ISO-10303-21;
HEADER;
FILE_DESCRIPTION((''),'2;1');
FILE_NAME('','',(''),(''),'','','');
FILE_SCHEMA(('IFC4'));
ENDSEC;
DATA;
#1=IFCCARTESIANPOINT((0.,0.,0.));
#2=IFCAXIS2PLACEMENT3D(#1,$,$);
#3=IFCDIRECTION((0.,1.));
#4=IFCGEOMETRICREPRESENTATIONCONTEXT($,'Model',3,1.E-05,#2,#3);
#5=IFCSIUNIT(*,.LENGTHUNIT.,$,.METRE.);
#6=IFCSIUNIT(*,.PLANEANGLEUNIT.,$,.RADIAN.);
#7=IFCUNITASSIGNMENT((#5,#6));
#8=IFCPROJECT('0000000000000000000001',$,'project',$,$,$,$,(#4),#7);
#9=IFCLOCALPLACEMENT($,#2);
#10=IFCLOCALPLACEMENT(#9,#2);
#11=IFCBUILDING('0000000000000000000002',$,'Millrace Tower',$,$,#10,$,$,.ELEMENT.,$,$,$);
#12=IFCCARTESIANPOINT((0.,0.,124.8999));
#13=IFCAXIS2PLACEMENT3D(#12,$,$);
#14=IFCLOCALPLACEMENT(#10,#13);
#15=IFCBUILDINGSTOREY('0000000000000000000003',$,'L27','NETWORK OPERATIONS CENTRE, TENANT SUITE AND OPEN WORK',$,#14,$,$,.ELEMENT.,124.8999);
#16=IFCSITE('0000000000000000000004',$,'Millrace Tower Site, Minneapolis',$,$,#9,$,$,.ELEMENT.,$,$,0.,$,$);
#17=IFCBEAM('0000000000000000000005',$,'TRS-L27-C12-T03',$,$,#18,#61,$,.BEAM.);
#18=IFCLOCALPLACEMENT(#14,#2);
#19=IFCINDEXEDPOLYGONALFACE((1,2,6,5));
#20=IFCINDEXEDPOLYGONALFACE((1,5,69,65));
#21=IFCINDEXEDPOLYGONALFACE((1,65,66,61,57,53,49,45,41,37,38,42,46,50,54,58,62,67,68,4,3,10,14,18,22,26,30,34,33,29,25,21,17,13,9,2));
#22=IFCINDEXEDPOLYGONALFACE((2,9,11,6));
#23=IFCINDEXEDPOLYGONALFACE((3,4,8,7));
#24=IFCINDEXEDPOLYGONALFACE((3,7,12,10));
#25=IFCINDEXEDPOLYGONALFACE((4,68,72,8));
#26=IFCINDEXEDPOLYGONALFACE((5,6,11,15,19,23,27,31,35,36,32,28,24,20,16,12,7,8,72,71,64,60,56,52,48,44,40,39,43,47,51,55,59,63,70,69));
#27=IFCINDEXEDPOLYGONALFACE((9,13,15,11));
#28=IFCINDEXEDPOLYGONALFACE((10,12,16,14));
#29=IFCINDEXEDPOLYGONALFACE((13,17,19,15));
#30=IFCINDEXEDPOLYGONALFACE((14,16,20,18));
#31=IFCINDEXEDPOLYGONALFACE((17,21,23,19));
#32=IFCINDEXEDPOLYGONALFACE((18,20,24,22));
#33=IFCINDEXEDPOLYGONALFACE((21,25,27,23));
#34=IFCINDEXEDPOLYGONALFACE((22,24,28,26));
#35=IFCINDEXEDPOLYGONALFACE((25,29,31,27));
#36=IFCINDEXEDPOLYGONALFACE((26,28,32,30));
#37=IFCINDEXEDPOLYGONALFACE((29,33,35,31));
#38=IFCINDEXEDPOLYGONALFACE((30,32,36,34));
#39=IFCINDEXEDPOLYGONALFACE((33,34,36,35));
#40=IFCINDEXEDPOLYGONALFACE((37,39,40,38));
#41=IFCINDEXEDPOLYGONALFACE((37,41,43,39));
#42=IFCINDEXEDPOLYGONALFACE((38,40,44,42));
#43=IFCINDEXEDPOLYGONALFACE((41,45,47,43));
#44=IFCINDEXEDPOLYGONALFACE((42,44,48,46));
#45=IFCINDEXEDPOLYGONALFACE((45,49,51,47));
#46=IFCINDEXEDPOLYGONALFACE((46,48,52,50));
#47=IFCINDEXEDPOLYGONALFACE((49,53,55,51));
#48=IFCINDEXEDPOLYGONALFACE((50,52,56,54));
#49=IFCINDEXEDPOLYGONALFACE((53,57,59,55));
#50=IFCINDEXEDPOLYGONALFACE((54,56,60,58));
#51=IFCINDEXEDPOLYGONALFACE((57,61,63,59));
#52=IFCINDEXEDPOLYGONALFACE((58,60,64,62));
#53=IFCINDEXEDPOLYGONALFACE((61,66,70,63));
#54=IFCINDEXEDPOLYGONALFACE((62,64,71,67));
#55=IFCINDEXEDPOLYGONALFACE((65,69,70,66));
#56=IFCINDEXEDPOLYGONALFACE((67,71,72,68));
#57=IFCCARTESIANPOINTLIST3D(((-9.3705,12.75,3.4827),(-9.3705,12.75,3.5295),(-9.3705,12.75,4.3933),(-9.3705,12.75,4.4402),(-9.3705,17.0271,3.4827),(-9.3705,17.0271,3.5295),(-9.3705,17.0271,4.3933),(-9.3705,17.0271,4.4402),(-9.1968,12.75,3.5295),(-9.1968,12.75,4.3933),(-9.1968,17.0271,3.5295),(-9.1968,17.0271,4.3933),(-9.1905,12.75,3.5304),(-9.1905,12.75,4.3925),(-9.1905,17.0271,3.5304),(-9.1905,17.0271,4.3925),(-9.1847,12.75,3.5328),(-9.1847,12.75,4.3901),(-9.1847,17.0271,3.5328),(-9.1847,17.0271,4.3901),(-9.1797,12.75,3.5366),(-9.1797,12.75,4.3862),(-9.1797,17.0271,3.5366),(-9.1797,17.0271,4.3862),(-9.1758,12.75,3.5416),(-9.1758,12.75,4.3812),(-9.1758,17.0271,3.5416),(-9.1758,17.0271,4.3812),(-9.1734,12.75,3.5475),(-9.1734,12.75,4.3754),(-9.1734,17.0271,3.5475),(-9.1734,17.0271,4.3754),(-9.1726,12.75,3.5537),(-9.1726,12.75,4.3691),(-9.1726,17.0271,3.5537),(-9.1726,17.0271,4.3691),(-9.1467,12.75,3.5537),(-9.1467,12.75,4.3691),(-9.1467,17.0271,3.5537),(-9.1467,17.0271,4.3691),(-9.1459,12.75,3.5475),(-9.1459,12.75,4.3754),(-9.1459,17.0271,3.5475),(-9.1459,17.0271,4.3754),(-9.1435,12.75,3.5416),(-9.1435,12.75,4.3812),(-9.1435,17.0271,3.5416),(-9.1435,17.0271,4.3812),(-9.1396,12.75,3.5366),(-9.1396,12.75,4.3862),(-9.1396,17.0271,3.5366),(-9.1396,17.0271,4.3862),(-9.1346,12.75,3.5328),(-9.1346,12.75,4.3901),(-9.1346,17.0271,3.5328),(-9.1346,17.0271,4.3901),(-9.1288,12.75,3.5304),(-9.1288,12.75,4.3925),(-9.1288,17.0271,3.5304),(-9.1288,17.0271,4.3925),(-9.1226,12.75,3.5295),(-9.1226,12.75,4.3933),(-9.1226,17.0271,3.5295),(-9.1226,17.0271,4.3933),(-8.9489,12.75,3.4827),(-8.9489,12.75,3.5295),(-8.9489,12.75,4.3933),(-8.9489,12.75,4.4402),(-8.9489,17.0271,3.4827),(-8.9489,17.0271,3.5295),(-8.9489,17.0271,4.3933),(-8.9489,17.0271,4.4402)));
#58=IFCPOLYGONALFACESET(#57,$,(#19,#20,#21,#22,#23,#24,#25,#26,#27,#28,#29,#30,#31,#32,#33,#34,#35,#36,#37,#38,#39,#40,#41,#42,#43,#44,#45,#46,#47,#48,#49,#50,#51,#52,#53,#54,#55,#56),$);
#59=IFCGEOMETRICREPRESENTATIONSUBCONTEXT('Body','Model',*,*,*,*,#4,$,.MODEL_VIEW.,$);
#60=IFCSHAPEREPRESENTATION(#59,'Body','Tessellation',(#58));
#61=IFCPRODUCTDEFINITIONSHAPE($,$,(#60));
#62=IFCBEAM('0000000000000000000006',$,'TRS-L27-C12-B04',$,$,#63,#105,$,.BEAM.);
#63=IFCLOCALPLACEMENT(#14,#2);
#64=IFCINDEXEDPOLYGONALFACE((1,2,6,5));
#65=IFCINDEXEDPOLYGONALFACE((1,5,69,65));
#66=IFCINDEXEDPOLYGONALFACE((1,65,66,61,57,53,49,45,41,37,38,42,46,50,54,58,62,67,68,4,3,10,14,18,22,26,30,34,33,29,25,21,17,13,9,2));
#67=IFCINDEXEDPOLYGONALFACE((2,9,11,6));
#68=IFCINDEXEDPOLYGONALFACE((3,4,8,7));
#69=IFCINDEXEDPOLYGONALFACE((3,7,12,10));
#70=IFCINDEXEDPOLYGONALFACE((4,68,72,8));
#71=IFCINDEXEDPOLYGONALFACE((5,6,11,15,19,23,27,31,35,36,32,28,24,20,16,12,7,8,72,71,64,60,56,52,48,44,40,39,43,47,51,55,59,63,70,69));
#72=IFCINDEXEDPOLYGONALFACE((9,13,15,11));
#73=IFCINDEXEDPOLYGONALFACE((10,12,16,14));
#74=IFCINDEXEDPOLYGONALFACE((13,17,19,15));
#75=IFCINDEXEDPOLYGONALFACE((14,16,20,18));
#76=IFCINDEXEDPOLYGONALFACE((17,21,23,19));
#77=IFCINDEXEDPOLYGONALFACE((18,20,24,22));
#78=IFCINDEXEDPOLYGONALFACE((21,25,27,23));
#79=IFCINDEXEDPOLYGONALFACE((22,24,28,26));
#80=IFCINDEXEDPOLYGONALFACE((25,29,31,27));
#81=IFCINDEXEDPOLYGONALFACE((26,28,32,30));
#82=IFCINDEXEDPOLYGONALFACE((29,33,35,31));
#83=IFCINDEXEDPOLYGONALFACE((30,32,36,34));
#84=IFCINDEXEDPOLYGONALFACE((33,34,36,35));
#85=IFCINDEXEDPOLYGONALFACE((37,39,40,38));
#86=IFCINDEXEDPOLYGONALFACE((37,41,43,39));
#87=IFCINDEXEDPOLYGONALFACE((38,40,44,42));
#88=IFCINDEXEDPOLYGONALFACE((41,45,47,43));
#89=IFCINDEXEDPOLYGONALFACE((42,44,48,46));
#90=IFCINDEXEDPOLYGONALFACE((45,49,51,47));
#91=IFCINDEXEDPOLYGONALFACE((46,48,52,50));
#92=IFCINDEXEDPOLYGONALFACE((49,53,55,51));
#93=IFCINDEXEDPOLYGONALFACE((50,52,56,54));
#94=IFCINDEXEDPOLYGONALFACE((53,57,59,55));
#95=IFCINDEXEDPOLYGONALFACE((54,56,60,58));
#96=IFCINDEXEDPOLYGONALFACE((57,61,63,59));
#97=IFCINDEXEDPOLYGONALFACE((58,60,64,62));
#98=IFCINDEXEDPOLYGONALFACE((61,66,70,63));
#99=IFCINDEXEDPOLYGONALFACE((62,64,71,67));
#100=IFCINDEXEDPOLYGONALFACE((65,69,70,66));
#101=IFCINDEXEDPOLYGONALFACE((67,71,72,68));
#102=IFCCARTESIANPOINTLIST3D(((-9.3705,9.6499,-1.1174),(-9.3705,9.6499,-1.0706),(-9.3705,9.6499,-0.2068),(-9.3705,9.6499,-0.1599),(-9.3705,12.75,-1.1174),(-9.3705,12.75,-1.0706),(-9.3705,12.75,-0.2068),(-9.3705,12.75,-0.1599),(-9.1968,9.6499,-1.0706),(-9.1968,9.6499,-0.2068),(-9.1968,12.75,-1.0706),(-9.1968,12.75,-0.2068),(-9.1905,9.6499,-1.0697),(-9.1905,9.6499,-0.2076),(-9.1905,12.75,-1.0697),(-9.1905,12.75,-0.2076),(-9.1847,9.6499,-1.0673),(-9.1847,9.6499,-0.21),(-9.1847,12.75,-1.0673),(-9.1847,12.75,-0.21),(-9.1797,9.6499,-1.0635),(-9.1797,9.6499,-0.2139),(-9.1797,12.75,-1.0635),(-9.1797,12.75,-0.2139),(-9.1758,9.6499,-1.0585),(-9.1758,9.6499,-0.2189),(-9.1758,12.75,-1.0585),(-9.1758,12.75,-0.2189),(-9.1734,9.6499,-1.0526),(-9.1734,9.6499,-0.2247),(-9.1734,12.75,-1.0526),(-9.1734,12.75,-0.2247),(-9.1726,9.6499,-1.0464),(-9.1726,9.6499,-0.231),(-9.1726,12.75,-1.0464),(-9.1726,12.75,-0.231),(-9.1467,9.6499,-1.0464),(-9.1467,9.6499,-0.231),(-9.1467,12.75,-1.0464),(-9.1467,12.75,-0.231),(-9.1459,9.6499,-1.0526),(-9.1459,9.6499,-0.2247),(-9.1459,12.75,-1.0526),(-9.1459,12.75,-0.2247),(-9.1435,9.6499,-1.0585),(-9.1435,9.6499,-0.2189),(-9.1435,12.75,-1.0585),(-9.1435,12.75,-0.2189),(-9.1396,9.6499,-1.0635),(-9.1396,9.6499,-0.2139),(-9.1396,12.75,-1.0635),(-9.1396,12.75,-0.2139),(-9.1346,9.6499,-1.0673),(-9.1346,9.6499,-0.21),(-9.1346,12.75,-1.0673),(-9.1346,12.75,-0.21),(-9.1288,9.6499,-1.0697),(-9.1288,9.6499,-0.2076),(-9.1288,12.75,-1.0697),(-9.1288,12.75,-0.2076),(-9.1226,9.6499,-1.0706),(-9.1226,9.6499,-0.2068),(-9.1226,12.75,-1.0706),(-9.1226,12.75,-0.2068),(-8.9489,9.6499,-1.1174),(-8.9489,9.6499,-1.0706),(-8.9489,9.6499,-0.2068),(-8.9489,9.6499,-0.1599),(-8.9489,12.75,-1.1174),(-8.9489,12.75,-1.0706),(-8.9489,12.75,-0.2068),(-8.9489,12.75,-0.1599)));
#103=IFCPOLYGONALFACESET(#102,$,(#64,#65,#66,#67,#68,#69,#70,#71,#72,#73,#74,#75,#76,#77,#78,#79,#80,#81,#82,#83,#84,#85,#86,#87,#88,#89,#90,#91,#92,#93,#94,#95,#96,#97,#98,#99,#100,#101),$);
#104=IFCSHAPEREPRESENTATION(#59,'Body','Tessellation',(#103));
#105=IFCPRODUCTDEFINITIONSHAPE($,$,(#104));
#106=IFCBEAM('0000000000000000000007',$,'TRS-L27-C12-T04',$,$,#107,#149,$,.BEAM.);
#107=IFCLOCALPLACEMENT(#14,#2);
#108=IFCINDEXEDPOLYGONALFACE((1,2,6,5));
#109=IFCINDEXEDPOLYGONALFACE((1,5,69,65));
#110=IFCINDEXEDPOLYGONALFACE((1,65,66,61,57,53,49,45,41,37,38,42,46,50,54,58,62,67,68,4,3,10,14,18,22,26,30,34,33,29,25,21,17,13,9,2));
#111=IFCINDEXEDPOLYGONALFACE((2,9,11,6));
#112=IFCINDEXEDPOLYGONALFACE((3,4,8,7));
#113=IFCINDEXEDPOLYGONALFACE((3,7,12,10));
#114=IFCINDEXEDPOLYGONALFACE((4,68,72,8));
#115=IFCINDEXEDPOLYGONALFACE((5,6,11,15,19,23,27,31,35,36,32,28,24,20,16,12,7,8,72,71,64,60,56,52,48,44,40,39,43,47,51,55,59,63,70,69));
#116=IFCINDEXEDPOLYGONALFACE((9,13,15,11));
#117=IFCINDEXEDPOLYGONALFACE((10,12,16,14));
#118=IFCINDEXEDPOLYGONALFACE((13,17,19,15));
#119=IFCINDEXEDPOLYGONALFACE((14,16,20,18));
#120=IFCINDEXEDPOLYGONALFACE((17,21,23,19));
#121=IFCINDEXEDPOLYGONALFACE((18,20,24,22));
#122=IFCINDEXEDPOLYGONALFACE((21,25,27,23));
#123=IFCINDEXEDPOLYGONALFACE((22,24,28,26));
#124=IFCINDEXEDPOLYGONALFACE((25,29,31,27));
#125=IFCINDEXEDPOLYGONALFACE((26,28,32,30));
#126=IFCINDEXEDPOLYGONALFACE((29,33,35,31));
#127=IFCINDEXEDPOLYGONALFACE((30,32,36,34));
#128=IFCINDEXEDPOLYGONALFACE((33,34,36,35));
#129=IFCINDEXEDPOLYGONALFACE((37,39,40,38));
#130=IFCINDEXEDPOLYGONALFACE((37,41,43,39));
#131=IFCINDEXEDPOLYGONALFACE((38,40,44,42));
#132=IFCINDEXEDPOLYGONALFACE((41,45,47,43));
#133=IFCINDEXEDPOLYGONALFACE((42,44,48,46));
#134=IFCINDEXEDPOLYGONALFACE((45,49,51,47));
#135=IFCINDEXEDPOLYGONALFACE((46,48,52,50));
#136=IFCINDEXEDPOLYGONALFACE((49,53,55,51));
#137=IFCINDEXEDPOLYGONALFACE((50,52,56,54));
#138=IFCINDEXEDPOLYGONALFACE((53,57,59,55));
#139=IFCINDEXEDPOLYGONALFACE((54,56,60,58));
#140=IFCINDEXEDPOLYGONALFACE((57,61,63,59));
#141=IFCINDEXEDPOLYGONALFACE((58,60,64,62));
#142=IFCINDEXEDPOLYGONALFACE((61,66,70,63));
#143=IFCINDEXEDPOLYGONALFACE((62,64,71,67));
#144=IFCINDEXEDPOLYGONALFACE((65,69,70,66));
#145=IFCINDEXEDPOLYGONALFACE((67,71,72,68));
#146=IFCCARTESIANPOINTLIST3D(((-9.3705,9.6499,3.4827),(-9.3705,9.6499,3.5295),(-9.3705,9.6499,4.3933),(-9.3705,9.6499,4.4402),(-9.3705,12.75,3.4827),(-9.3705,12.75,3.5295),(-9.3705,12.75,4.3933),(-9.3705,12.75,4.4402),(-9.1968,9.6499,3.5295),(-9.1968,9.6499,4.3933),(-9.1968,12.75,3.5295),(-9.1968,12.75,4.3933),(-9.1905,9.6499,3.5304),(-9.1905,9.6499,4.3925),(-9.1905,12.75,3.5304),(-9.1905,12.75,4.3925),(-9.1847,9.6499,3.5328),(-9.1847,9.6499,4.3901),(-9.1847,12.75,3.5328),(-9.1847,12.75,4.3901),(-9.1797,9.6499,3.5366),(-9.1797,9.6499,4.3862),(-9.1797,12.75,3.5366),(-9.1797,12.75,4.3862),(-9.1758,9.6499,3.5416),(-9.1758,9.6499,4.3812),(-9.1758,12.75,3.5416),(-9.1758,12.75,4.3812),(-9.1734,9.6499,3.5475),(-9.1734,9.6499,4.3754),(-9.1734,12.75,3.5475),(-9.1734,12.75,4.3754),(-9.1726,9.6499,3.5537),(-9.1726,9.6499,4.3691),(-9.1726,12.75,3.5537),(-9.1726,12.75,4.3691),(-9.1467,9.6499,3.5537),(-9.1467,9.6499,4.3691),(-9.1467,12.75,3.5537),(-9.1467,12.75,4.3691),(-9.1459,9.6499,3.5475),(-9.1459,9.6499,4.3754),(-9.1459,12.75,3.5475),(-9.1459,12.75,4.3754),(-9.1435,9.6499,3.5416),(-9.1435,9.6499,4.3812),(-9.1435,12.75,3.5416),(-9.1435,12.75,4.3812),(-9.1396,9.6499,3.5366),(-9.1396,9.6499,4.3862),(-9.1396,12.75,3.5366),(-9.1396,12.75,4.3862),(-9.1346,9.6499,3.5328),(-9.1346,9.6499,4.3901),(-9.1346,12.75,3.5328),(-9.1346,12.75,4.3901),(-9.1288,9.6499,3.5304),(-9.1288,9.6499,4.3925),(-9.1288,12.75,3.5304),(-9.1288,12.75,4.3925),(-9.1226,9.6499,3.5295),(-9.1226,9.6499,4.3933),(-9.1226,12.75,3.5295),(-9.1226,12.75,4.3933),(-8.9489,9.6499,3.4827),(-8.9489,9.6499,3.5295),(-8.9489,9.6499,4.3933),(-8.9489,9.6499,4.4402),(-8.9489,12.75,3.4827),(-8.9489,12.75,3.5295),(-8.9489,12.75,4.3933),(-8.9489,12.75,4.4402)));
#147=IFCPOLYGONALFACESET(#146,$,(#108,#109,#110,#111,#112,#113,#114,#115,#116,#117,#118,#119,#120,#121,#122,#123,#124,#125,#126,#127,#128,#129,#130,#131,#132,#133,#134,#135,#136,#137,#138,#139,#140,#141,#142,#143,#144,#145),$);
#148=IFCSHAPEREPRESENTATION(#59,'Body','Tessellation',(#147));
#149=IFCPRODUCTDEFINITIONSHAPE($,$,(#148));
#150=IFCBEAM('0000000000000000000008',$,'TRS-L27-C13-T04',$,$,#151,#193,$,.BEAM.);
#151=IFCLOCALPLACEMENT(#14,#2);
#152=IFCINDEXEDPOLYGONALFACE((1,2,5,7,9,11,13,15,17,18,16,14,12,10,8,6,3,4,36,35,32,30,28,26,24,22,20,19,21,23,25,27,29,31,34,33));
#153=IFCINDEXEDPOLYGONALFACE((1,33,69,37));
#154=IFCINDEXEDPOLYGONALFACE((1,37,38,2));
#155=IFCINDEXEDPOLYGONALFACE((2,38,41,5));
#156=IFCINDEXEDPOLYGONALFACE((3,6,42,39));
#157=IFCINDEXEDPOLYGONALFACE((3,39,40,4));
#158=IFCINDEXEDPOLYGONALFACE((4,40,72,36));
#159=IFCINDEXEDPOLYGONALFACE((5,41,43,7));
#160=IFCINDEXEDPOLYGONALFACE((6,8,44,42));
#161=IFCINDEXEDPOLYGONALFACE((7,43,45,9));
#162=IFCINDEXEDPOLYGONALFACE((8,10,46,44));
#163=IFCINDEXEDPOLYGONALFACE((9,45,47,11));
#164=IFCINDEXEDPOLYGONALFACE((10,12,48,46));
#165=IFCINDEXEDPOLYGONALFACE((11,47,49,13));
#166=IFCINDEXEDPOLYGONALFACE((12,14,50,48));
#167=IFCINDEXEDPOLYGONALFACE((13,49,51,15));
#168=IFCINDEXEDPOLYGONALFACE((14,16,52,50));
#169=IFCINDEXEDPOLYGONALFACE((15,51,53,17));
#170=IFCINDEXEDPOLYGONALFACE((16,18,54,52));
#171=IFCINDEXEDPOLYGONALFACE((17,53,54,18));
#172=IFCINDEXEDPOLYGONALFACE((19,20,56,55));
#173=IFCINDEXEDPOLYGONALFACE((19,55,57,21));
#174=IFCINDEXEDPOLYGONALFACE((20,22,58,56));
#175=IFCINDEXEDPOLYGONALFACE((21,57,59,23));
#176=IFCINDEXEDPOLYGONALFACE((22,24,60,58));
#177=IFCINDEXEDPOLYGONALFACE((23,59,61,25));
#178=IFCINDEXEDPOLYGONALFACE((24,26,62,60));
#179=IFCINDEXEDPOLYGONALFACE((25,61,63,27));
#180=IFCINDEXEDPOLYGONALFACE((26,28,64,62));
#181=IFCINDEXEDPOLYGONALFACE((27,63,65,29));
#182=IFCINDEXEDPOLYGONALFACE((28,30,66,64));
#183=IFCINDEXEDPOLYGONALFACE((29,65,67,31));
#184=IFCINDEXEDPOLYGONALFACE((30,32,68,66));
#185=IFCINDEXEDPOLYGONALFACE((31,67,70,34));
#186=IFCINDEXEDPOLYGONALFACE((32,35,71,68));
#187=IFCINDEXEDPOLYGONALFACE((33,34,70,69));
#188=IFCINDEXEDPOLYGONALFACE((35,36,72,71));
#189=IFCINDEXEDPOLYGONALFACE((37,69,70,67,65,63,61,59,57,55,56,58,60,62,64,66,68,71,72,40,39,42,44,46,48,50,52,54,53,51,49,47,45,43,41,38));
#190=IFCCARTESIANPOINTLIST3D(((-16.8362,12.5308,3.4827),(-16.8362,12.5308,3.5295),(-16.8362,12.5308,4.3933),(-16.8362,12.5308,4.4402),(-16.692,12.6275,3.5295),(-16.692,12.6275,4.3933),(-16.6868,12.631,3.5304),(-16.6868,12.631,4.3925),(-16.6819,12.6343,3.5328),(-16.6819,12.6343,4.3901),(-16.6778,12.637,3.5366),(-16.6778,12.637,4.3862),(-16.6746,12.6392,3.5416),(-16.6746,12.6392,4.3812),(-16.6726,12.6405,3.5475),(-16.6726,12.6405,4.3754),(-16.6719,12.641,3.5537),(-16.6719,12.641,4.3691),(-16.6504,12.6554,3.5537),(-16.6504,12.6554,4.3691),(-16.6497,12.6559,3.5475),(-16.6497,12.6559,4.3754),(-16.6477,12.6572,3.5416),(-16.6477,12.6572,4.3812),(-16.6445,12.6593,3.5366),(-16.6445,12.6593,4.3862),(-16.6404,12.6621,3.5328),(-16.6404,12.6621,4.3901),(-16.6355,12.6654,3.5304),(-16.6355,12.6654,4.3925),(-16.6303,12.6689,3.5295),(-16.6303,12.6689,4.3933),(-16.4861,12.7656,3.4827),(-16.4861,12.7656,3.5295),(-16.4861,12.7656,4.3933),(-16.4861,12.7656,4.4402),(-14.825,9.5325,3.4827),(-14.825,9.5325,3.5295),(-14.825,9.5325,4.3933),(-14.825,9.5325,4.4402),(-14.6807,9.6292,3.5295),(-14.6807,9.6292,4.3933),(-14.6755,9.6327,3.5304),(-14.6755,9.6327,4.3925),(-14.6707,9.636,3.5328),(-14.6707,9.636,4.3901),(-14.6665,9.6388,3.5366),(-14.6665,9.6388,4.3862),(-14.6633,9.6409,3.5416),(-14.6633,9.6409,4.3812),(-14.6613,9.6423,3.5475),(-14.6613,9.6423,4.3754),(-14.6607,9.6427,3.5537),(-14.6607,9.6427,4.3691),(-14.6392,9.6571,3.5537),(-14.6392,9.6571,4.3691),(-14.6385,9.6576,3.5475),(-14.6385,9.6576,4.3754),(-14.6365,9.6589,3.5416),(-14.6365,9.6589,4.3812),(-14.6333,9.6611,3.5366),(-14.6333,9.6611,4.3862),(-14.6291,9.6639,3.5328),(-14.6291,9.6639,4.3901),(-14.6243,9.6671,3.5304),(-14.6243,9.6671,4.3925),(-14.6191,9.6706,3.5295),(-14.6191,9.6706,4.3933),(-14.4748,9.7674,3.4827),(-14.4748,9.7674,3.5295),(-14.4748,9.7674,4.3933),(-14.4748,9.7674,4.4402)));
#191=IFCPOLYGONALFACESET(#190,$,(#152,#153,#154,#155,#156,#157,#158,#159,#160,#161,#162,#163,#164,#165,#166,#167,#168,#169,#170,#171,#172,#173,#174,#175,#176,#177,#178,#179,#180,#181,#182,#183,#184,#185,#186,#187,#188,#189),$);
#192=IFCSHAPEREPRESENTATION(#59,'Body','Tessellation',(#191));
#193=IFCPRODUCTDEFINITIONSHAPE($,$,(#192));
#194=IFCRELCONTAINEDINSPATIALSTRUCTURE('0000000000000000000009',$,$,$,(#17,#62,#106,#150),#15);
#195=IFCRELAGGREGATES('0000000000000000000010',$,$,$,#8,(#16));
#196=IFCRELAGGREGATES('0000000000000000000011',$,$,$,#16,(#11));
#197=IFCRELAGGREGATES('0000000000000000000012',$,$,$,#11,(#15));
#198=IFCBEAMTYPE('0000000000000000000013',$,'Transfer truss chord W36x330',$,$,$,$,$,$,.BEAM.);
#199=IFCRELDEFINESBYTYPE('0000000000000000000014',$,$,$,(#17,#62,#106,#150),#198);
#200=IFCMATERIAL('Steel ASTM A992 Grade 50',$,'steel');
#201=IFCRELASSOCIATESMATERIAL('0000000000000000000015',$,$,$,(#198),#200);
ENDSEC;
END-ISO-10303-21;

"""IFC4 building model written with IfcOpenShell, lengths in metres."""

from ifc_helpers import new_model, si_unit, direction, frame, origin, origin_2d, place, context, subcontext, project, spatial, i_section, extrude, material, material_profile, profile_set, type_object, element, save


model = new_model("IFC4")

# Units and contexts
model_context = context("Model", 3, precision=1e-05, world=origin(), true_north=direction((0.0, 1.0)))
body_context = subcontext(model_context, "Body", "Model", "MODEL_VIEW")
ifc_project = project(units=[si_unit("LENGTHUNIT", "METRE"), si_unit("PLANEANGLEUNIT", "RADIAN")], contexts=[model_context])

# Site, building, storey
site_placement = place(None, origin())
site = spatial("IfcSite", under=ifc_project, at=site_placement, Name="Millrace Tower Site, Minneapolis", CompositionType="ELEMENT", RefElevation=0.0)
building_placement = place(site_placement, origin())
building = spatial("IfcBuilding", under=site, at=building_placement, Name="Millrace Tower", CompositionType="ELEMENT")
storey_placement = place(building_placement, frame((0.0, 0.0, 124.8999)))
storey = spatial("IfcBuildingStorey", under=building, at=storey_placement, Name="L27", Description="NETWORK OPERATIONS CENTRE, TENANT SUITE AND OPEN WORK", CompositionType="ELEMENT", Elevation=124.8999)

# Beams
ifc_material_1 = material(Name="Steel ASTM A992 Grade 50", Category="steel")
ifc_material_profile_1 = material_profile(ifc_material_1, i_section(OverallWidth=0.4216, OverallDepth=0.9575, WebThickness=0.0259, FlangeThickness=0.0469, FilletRadius=0.0242, at=origin_2d()))
ifc_profile_set_1 = profile_set([ifc_material_profile_1], Name="Steel ASTM A992 Grade 50")
beam_type_1 = type_object("IfcBeamType", Name="Transfer truss chord W36x330", PredefinedType="BEAM", material=ifc_profile_set_1)
for number, where, z_axis, x_axis, name in (
    (1, (-9.1597, 17.0271, 3.9614), (0.0, -1.0, 0.0), (1.0, 0.0, 0.0), "TRS-L27-C12-T03"),
):
    element("IfcBeam", number, at=place(storey_placement, frame(where, z_axis=z_axis, x_axis=x_axis)), inside=storey, type_object=beam_type_1, Name=name, PredefinedType="BEAM", context=body_context, shape_type="SweptSolid", body=[
        extrude(i_section(OverallWidth=0.4216, OverallDepth=0.9575, WebThickness=0.0259, FlangeThickness=0.0469, FilletRadius=0.0242, at=origin_2d()), origin(), (0.0, 0.0, 1.0), 4.2771),
    ])
for number, where, z_axis, x_axis, name in (
    (2, (-9.1597, 12.75, -0.6387), (0.0, -1.0, 0.0), (1.0, 0.0, 0.0), "TRS-L27-C12-B04"),
    (3, (-9.1597, 12.75, 3.9614), (0.0, -1.0, 0.0), (1.0, 0.0, 0.0), "TRS-L27-C12-T04"),
):
    element("IfcBeam", number, at=place(storey_placement, frame(where, z_axis=z_axis, x_axis=x_axis)), inside=storey, type_object=beam_type_1, Name=name, PredefinedType="BEAM", context=body_context, shape_type="SweptSolid", body=[
        extrude(i_section(OverallWidth=0.4216, OverallDepth=0.9575, WebThickness=0.0259, FlangeThickness=0.0469, FilletRadius=0.0242, at=origin_2d()), origin(), (0.0, 0.0, 1.0), 3.1001),
    ])
beam_1_placement = place(storey_placement, frame((-16.6611, 12.6482, 3.9614), z_axis=(0.55707, -0.830466, 0.0), x_axis=(0.830466, 0.55707, 0.0)))
element("IfcBeam", 4, at=beam_1_placement, inside=storey, type_object=beam_type_1, Name="TRS-L27-C13-T04", PredefinedType="BEAM", context=body_context, shape_type="SweptSolid", body=[
    extrude(i_section(OverallWidth=0.4216, OverallDepth=0.9575, WebThickness=0.0259, FlangeThickness=0.0469, FilletRadius=0.0242, at=origin_2d()), origin(), (0.0, 0.0, 1.0), 3.6104),
])

save(model, "model.ifc")
